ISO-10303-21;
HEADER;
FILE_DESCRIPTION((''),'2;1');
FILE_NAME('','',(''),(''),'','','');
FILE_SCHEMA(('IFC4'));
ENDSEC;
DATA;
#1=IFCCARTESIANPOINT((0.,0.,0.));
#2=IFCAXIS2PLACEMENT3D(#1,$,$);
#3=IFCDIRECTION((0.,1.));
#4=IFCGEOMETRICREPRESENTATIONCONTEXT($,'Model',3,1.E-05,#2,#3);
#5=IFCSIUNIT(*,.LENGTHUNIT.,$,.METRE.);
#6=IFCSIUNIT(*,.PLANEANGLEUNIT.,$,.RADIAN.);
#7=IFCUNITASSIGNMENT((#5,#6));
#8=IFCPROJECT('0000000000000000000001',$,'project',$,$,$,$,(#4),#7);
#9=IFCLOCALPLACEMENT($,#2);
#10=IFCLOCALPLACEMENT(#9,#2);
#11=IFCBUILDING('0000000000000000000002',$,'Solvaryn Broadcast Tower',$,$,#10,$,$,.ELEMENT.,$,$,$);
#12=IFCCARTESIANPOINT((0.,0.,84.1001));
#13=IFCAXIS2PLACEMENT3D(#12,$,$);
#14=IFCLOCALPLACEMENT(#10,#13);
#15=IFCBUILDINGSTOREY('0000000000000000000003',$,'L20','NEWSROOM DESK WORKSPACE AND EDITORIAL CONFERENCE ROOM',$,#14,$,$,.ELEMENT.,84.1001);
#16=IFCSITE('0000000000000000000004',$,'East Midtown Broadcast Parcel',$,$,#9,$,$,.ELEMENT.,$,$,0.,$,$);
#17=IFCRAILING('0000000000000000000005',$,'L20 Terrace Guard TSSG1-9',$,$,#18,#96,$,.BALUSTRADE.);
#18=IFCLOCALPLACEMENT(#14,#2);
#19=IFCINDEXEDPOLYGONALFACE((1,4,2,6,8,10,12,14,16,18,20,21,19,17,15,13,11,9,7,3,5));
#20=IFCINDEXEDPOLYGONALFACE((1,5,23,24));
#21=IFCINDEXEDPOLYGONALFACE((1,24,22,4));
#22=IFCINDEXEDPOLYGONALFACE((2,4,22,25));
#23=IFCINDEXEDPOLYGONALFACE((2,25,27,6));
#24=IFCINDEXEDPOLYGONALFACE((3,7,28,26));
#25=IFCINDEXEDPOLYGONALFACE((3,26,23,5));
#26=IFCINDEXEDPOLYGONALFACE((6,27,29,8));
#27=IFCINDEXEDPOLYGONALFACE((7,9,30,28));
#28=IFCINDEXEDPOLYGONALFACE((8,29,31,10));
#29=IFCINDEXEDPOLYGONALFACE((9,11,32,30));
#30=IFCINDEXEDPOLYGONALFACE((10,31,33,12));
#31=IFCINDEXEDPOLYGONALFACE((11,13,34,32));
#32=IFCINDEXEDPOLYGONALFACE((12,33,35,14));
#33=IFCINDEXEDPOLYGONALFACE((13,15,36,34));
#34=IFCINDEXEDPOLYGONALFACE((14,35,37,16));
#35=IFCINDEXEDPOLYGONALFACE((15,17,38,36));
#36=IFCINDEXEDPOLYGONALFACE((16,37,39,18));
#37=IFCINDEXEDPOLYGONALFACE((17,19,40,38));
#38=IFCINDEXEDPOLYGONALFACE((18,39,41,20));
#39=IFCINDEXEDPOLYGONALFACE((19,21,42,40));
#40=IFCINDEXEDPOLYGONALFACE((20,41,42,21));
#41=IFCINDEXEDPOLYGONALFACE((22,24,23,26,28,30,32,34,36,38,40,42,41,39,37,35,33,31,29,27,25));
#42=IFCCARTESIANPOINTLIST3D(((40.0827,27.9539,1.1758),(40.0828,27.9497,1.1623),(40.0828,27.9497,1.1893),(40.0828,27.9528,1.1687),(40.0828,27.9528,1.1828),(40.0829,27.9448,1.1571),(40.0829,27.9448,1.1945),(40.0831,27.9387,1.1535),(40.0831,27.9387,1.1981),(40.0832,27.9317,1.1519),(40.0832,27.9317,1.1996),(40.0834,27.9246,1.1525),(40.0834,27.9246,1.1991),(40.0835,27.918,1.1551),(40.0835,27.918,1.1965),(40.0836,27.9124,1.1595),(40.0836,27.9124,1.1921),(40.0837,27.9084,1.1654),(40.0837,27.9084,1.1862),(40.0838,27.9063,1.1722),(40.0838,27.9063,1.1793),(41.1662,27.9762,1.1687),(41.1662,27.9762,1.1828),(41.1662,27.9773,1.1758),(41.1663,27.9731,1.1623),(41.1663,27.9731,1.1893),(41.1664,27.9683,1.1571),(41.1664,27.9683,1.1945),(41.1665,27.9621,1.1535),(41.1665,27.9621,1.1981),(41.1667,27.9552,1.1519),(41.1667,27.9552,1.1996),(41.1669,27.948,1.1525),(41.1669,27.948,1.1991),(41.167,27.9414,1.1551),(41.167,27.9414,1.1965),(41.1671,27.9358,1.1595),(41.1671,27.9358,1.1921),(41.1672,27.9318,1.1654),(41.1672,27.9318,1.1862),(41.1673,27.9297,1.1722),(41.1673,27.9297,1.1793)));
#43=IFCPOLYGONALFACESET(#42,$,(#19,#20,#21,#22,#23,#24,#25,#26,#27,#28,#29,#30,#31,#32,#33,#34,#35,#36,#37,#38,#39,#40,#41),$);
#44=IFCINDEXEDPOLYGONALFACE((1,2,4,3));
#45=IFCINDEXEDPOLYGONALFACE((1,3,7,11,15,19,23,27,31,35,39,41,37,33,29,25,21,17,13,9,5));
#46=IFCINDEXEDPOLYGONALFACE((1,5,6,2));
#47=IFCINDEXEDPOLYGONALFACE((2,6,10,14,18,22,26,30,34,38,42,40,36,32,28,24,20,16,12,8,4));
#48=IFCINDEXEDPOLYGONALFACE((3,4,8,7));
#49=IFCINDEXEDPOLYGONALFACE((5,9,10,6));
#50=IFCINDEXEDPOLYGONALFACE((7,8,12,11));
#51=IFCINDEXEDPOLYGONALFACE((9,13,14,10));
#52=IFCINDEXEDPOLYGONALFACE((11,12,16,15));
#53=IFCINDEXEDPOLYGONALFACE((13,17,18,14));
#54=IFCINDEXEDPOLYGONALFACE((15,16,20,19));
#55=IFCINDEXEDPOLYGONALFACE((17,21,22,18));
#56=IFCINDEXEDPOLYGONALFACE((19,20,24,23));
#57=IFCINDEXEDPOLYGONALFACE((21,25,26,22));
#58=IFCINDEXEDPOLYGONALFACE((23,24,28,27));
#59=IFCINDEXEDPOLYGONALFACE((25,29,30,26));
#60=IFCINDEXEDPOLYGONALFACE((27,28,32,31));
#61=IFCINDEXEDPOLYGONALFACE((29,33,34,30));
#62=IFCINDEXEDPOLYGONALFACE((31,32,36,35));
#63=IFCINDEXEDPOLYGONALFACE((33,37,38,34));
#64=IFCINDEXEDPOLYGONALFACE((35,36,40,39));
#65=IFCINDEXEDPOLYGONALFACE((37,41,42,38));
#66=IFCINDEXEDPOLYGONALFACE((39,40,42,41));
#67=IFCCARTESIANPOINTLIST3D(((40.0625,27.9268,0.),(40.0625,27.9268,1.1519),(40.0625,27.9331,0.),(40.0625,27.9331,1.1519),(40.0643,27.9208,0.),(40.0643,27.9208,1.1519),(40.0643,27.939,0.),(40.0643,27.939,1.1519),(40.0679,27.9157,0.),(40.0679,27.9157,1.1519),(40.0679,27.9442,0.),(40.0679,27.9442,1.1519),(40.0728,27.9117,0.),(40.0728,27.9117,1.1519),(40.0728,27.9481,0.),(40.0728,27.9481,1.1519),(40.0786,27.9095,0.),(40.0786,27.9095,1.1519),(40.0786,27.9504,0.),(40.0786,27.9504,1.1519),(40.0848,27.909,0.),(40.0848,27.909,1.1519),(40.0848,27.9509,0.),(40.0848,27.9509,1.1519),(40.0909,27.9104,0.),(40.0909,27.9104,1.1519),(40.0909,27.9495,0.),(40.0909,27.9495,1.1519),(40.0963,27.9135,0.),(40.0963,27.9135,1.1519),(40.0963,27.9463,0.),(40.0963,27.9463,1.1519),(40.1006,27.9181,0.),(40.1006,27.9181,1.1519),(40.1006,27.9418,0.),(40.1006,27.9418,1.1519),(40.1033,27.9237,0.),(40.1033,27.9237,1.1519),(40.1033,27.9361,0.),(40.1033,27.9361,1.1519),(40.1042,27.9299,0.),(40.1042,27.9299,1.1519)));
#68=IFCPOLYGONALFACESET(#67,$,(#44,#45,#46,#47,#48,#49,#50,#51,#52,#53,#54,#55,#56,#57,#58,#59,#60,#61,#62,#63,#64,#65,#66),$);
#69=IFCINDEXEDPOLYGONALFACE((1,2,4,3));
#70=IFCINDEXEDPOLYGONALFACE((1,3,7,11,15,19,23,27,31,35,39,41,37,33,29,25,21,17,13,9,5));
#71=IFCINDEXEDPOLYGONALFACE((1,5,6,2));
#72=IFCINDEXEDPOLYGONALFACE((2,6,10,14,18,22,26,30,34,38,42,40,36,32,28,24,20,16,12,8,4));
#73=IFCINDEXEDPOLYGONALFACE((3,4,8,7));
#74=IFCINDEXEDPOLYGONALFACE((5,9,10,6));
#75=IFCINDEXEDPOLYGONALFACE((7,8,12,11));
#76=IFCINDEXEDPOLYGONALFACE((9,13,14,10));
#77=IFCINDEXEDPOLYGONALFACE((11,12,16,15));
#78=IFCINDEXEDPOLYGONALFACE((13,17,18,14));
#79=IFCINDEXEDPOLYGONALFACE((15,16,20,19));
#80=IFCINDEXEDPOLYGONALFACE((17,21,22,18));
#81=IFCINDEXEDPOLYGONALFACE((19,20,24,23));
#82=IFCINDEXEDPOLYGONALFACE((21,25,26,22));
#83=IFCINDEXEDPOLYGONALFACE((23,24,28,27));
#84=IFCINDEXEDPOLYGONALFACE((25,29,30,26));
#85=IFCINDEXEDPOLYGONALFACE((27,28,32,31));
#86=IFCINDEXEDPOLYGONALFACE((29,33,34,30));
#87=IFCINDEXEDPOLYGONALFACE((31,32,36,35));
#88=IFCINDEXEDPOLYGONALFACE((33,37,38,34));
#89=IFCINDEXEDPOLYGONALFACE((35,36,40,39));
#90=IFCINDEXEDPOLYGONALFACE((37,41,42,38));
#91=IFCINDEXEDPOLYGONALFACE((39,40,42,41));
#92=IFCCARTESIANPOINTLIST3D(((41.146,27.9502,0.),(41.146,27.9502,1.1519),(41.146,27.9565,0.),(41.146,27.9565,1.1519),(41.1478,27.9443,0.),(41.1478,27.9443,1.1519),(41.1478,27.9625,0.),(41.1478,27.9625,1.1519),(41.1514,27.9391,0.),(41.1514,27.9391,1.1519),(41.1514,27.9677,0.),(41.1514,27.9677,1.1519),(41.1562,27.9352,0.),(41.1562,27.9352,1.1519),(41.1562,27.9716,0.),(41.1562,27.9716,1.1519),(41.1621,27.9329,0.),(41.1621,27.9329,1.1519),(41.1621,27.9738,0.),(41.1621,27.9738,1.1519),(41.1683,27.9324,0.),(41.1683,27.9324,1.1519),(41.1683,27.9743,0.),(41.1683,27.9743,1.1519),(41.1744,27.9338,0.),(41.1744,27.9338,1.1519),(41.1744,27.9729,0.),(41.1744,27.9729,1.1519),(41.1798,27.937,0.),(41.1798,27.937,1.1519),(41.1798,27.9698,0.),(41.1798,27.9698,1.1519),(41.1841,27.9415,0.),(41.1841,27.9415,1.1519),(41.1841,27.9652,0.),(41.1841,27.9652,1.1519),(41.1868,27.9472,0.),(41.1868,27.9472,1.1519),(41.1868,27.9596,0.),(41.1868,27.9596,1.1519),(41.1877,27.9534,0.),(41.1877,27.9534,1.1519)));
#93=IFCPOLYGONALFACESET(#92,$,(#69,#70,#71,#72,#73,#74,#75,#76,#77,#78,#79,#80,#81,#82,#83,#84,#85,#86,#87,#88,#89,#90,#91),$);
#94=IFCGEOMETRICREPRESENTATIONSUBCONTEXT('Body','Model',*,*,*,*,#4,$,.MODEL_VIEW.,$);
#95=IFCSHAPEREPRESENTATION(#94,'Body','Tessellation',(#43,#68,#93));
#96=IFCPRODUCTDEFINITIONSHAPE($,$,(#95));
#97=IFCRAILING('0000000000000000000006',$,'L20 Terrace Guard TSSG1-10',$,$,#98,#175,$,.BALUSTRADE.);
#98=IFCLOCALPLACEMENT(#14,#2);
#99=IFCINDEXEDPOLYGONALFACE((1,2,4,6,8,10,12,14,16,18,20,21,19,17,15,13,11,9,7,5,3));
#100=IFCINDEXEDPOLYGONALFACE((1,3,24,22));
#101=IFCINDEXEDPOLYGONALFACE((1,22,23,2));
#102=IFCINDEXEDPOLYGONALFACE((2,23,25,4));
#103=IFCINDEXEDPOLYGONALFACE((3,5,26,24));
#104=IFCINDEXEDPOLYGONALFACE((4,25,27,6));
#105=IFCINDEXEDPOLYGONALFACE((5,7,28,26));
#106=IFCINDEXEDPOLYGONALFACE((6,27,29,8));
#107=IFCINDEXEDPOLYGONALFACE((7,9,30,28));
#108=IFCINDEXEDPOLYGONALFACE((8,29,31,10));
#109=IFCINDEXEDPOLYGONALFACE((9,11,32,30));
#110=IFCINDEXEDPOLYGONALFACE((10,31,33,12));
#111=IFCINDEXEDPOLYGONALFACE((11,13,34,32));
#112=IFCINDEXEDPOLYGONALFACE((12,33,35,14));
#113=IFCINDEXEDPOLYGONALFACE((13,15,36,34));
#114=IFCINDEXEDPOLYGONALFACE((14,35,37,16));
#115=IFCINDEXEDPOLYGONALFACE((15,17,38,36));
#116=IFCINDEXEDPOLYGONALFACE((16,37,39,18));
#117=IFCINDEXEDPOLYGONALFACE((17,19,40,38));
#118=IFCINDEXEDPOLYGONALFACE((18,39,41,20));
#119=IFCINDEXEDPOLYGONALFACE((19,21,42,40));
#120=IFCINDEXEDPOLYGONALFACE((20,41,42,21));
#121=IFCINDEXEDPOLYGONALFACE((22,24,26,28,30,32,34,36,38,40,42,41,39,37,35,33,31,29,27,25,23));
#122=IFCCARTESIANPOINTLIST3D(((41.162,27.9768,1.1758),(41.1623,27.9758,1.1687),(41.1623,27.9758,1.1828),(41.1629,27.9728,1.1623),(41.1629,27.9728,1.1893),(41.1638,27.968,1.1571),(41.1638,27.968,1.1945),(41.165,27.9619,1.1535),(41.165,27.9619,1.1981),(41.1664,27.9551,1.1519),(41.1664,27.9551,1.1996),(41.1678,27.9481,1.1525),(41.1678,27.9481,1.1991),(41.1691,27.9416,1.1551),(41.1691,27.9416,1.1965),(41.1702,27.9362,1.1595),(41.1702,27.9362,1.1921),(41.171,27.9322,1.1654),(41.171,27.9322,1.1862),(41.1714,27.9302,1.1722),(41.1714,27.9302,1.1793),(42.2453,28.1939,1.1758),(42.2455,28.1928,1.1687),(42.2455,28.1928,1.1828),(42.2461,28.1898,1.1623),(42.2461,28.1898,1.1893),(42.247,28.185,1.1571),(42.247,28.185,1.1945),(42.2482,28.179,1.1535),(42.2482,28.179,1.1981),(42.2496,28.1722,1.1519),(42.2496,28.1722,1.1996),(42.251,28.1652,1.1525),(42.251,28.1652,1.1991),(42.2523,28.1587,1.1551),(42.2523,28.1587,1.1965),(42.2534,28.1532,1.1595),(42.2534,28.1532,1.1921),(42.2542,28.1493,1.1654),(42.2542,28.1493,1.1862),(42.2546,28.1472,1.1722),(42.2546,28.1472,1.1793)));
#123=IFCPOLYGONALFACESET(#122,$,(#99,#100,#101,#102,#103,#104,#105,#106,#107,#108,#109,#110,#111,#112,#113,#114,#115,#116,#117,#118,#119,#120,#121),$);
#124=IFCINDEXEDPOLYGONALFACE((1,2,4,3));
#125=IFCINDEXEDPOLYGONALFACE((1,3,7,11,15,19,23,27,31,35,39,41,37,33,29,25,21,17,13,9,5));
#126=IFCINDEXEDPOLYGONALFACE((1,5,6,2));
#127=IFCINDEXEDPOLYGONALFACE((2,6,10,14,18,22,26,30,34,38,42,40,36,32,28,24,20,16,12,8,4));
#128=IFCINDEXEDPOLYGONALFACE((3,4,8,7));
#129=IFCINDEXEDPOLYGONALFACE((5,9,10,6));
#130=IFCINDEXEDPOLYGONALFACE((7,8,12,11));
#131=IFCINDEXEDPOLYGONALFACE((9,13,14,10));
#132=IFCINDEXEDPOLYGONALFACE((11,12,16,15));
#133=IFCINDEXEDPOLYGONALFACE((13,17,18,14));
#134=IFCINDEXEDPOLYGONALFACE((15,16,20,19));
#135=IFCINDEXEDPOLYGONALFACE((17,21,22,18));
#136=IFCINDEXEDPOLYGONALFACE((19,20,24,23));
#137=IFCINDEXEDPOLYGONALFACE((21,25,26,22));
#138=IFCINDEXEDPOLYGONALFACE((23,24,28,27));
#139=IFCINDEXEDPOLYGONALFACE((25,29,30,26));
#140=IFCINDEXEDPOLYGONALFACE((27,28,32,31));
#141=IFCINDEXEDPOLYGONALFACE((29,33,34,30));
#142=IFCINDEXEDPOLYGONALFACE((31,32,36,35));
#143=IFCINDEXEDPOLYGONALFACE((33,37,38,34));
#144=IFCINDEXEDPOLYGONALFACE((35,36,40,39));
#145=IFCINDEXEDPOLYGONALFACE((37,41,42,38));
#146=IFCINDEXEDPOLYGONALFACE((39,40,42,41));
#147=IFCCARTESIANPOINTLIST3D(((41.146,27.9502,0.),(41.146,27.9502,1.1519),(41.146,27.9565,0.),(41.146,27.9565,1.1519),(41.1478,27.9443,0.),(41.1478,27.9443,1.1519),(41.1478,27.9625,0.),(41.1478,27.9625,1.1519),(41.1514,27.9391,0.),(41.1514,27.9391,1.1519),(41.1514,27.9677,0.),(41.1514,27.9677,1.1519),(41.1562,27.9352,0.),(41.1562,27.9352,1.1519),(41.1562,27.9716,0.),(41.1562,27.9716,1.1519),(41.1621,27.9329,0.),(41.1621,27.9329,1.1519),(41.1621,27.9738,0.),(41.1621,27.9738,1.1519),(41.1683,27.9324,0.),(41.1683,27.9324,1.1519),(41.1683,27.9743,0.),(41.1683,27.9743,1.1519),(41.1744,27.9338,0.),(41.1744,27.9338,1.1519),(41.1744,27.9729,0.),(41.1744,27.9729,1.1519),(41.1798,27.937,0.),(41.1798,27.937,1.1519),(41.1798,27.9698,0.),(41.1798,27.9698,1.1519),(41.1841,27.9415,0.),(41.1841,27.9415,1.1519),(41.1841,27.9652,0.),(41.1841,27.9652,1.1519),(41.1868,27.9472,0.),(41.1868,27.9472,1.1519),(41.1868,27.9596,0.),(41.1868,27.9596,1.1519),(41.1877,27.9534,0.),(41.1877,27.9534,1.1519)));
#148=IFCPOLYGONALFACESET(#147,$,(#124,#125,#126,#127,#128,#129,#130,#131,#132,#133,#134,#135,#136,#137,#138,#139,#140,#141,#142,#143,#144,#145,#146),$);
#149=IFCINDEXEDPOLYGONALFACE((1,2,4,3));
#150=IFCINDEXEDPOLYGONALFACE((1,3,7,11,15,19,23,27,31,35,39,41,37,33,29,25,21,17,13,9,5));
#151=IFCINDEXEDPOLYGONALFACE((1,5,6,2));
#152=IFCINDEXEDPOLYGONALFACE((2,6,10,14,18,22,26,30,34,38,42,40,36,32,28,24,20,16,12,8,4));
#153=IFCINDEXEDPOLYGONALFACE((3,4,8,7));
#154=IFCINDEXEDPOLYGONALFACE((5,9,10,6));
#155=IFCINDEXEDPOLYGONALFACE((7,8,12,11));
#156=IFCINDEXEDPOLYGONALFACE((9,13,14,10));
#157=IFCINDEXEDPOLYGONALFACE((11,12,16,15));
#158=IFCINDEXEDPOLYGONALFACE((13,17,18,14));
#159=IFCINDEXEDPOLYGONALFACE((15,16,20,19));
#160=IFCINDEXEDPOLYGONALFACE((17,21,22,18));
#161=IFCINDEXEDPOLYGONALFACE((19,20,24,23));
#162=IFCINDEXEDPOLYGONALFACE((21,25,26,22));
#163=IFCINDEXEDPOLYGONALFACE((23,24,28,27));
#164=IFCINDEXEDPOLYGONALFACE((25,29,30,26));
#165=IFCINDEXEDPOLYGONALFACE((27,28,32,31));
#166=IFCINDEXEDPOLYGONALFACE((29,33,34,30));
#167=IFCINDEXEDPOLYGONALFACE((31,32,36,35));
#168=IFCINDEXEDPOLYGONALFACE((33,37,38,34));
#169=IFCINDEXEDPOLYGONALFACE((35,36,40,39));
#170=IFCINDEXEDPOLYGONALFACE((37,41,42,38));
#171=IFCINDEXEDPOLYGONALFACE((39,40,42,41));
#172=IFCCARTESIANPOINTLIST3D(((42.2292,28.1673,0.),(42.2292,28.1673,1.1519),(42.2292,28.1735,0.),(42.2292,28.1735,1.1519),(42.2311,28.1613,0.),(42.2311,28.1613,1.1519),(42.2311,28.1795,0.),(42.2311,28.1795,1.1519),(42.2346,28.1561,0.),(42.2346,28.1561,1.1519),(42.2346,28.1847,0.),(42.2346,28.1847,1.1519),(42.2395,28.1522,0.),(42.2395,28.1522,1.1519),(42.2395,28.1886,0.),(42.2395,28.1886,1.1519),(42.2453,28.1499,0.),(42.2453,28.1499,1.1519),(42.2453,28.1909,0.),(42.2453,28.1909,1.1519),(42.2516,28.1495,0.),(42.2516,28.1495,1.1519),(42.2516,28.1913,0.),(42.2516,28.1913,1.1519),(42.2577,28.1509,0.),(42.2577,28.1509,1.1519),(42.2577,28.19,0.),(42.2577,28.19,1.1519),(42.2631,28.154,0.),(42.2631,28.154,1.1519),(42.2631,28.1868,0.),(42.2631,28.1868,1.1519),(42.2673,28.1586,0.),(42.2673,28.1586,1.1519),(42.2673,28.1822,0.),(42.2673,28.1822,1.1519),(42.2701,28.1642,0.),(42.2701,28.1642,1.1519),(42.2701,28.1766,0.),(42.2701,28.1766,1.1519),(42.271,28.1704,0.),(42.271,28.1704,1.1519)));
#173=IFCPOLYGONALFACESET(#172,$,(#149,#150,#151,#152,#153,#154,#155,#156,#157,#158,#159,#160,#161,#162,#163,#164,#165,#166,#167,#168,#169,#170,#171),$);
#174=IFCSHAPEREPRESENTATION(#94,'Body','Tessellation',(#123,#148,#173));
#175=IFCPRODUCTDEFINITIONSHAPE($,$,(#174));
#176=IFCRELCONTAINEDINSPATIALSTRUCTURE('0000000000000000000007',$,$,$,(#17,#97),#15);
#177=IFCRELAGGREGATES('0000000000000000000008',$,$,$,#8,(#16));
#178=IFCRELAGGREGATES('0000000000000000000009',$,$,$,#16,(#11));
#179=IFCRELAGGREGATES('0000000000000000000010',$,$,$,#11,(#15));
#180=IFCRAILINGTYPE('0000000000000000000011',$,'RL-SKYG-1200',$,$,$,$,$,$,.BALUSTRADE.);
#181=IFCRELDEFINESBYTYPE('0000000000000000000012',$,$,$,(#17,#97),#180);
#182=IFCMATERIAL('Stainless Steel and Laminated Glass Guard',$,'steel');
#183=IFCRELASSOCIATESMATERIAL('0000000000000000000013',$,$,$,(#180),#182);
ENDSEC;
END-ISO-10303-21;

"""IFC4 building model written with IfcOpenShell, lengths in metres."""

from ifc_helpers import new_model, si_unit, direction, frame, origin, origin_2d, place, context, subcontext, project, spatial, circle, extrude, material, type_object, element, save


model = new_model("IFC4")

# Units and contexts
model_context = context("Model", 3, precision=1e-05, world=origin(), true_north=direction((0.0, 1.0)))
body_context = subcontext(model_context, "Body", "Model", "MODEL_VIEW")
ifc_project = project(units=[si_unit("LENGTHUNIT", "METRE"), si_unit("PLANEANGLEUNIT", "RADIAN")], contexts=[model_context])

# Site, building, storey
site_placement = place(None, origin())
site = spatial("IfcSite", under=ifc_project, at=site_placement, Name="East Midtown Broadcast Parcel", CompositionType="ELEMENT", RefElevation=0.0)
building_placement = place(site_placement, origin())
building = spatial("IfcBuilding", under=site, at=building_placement, Name="Solvaryn Broadcast Tower", CompositionType="ELEMENT")
storey_placement = place(building_placement, frame((0.0, 0.0, 84.1001)))
storey = spatial("IfcBuildingStorey", under=building, at=storey_placement, Name="L20", Description="NEWSROOM DESK WORKSPACE AND EDITORIAL CONFERENCE ROOM", CompositionType="ELEMENT", Elevation=84.1001)

# Railings
ifc_material_1 = material(Name="Stainless Steel and Laminated Glass Guard", Category="steel")
railing_type = type_object("IfcRailingType", Name="RL-SKYG-1200", PredefinedType="BALUSTRADE", material=ifc_material_1)
railing_1_placement = place(storey_placement, frame((40.0833, 27.9299, 0.0)))
element("IfcRailing", 1, at=railing_1_placement, inside=storey, type_object=railing_type, Name="L20 Terrace Guard TSSG1-9", PredefinedType="BALUSTRADE", context=body_context, shape_type="SweptSolid", body=[
    extrude(circle(Radius=0.0239, at=origin_2d()), frame((0.0, 0.0, 1.1758), z_axis=(0.999766, 0.021626, 0.0), x_axis=(-0.021626, 0.999766, 0.0)), (0.0, 0.0, 1.0), 1.0837),
    extrude(circle(Radius=0.021, at=origin_2d()), origin(), (0.0, 0.0, 1.0), 1.1519),
    extrude(circle(Radius=0.021, at=origin_2d()), frame((1.0835, 0.0234, 0.0)), (0.0, 0.0, 1.0), 1.1519),
])
railing_2_placement = place(storey_placement, frame((41.1667, 27.9534, 0.0)))
element("IfcRailing", 2, at=railing_2_placement, inside=storey, type_object=railing_type, Name="L20 Terrace Guard TSSG1-10", PredefinedType="BALUSTRADE", context=body_context, shape_type="SweptSolid", body=[
    extrude(circle(Radius=0.0239, at=origin_2d()), frame((0.0, 0.0, 1.1758), z_axis=(0.980513, 0.196456, 0.0), x_axis=(-0.196456, 0.980513, 0.0)), (0.0, 0.0, 1.0), 1.1047),
    extrude(circle(Radius=0.021, at=origin_2d()), origin(), (0.0, 0.0, 1.0), 1.1519),
    extrude(circle(Radius=0.021, at=origin_2d()), frame((1.0833, 0.217, 0.0)), (0.0, 0.0, 1.0), 1.1519),
])

save(model, "model.ifc")
